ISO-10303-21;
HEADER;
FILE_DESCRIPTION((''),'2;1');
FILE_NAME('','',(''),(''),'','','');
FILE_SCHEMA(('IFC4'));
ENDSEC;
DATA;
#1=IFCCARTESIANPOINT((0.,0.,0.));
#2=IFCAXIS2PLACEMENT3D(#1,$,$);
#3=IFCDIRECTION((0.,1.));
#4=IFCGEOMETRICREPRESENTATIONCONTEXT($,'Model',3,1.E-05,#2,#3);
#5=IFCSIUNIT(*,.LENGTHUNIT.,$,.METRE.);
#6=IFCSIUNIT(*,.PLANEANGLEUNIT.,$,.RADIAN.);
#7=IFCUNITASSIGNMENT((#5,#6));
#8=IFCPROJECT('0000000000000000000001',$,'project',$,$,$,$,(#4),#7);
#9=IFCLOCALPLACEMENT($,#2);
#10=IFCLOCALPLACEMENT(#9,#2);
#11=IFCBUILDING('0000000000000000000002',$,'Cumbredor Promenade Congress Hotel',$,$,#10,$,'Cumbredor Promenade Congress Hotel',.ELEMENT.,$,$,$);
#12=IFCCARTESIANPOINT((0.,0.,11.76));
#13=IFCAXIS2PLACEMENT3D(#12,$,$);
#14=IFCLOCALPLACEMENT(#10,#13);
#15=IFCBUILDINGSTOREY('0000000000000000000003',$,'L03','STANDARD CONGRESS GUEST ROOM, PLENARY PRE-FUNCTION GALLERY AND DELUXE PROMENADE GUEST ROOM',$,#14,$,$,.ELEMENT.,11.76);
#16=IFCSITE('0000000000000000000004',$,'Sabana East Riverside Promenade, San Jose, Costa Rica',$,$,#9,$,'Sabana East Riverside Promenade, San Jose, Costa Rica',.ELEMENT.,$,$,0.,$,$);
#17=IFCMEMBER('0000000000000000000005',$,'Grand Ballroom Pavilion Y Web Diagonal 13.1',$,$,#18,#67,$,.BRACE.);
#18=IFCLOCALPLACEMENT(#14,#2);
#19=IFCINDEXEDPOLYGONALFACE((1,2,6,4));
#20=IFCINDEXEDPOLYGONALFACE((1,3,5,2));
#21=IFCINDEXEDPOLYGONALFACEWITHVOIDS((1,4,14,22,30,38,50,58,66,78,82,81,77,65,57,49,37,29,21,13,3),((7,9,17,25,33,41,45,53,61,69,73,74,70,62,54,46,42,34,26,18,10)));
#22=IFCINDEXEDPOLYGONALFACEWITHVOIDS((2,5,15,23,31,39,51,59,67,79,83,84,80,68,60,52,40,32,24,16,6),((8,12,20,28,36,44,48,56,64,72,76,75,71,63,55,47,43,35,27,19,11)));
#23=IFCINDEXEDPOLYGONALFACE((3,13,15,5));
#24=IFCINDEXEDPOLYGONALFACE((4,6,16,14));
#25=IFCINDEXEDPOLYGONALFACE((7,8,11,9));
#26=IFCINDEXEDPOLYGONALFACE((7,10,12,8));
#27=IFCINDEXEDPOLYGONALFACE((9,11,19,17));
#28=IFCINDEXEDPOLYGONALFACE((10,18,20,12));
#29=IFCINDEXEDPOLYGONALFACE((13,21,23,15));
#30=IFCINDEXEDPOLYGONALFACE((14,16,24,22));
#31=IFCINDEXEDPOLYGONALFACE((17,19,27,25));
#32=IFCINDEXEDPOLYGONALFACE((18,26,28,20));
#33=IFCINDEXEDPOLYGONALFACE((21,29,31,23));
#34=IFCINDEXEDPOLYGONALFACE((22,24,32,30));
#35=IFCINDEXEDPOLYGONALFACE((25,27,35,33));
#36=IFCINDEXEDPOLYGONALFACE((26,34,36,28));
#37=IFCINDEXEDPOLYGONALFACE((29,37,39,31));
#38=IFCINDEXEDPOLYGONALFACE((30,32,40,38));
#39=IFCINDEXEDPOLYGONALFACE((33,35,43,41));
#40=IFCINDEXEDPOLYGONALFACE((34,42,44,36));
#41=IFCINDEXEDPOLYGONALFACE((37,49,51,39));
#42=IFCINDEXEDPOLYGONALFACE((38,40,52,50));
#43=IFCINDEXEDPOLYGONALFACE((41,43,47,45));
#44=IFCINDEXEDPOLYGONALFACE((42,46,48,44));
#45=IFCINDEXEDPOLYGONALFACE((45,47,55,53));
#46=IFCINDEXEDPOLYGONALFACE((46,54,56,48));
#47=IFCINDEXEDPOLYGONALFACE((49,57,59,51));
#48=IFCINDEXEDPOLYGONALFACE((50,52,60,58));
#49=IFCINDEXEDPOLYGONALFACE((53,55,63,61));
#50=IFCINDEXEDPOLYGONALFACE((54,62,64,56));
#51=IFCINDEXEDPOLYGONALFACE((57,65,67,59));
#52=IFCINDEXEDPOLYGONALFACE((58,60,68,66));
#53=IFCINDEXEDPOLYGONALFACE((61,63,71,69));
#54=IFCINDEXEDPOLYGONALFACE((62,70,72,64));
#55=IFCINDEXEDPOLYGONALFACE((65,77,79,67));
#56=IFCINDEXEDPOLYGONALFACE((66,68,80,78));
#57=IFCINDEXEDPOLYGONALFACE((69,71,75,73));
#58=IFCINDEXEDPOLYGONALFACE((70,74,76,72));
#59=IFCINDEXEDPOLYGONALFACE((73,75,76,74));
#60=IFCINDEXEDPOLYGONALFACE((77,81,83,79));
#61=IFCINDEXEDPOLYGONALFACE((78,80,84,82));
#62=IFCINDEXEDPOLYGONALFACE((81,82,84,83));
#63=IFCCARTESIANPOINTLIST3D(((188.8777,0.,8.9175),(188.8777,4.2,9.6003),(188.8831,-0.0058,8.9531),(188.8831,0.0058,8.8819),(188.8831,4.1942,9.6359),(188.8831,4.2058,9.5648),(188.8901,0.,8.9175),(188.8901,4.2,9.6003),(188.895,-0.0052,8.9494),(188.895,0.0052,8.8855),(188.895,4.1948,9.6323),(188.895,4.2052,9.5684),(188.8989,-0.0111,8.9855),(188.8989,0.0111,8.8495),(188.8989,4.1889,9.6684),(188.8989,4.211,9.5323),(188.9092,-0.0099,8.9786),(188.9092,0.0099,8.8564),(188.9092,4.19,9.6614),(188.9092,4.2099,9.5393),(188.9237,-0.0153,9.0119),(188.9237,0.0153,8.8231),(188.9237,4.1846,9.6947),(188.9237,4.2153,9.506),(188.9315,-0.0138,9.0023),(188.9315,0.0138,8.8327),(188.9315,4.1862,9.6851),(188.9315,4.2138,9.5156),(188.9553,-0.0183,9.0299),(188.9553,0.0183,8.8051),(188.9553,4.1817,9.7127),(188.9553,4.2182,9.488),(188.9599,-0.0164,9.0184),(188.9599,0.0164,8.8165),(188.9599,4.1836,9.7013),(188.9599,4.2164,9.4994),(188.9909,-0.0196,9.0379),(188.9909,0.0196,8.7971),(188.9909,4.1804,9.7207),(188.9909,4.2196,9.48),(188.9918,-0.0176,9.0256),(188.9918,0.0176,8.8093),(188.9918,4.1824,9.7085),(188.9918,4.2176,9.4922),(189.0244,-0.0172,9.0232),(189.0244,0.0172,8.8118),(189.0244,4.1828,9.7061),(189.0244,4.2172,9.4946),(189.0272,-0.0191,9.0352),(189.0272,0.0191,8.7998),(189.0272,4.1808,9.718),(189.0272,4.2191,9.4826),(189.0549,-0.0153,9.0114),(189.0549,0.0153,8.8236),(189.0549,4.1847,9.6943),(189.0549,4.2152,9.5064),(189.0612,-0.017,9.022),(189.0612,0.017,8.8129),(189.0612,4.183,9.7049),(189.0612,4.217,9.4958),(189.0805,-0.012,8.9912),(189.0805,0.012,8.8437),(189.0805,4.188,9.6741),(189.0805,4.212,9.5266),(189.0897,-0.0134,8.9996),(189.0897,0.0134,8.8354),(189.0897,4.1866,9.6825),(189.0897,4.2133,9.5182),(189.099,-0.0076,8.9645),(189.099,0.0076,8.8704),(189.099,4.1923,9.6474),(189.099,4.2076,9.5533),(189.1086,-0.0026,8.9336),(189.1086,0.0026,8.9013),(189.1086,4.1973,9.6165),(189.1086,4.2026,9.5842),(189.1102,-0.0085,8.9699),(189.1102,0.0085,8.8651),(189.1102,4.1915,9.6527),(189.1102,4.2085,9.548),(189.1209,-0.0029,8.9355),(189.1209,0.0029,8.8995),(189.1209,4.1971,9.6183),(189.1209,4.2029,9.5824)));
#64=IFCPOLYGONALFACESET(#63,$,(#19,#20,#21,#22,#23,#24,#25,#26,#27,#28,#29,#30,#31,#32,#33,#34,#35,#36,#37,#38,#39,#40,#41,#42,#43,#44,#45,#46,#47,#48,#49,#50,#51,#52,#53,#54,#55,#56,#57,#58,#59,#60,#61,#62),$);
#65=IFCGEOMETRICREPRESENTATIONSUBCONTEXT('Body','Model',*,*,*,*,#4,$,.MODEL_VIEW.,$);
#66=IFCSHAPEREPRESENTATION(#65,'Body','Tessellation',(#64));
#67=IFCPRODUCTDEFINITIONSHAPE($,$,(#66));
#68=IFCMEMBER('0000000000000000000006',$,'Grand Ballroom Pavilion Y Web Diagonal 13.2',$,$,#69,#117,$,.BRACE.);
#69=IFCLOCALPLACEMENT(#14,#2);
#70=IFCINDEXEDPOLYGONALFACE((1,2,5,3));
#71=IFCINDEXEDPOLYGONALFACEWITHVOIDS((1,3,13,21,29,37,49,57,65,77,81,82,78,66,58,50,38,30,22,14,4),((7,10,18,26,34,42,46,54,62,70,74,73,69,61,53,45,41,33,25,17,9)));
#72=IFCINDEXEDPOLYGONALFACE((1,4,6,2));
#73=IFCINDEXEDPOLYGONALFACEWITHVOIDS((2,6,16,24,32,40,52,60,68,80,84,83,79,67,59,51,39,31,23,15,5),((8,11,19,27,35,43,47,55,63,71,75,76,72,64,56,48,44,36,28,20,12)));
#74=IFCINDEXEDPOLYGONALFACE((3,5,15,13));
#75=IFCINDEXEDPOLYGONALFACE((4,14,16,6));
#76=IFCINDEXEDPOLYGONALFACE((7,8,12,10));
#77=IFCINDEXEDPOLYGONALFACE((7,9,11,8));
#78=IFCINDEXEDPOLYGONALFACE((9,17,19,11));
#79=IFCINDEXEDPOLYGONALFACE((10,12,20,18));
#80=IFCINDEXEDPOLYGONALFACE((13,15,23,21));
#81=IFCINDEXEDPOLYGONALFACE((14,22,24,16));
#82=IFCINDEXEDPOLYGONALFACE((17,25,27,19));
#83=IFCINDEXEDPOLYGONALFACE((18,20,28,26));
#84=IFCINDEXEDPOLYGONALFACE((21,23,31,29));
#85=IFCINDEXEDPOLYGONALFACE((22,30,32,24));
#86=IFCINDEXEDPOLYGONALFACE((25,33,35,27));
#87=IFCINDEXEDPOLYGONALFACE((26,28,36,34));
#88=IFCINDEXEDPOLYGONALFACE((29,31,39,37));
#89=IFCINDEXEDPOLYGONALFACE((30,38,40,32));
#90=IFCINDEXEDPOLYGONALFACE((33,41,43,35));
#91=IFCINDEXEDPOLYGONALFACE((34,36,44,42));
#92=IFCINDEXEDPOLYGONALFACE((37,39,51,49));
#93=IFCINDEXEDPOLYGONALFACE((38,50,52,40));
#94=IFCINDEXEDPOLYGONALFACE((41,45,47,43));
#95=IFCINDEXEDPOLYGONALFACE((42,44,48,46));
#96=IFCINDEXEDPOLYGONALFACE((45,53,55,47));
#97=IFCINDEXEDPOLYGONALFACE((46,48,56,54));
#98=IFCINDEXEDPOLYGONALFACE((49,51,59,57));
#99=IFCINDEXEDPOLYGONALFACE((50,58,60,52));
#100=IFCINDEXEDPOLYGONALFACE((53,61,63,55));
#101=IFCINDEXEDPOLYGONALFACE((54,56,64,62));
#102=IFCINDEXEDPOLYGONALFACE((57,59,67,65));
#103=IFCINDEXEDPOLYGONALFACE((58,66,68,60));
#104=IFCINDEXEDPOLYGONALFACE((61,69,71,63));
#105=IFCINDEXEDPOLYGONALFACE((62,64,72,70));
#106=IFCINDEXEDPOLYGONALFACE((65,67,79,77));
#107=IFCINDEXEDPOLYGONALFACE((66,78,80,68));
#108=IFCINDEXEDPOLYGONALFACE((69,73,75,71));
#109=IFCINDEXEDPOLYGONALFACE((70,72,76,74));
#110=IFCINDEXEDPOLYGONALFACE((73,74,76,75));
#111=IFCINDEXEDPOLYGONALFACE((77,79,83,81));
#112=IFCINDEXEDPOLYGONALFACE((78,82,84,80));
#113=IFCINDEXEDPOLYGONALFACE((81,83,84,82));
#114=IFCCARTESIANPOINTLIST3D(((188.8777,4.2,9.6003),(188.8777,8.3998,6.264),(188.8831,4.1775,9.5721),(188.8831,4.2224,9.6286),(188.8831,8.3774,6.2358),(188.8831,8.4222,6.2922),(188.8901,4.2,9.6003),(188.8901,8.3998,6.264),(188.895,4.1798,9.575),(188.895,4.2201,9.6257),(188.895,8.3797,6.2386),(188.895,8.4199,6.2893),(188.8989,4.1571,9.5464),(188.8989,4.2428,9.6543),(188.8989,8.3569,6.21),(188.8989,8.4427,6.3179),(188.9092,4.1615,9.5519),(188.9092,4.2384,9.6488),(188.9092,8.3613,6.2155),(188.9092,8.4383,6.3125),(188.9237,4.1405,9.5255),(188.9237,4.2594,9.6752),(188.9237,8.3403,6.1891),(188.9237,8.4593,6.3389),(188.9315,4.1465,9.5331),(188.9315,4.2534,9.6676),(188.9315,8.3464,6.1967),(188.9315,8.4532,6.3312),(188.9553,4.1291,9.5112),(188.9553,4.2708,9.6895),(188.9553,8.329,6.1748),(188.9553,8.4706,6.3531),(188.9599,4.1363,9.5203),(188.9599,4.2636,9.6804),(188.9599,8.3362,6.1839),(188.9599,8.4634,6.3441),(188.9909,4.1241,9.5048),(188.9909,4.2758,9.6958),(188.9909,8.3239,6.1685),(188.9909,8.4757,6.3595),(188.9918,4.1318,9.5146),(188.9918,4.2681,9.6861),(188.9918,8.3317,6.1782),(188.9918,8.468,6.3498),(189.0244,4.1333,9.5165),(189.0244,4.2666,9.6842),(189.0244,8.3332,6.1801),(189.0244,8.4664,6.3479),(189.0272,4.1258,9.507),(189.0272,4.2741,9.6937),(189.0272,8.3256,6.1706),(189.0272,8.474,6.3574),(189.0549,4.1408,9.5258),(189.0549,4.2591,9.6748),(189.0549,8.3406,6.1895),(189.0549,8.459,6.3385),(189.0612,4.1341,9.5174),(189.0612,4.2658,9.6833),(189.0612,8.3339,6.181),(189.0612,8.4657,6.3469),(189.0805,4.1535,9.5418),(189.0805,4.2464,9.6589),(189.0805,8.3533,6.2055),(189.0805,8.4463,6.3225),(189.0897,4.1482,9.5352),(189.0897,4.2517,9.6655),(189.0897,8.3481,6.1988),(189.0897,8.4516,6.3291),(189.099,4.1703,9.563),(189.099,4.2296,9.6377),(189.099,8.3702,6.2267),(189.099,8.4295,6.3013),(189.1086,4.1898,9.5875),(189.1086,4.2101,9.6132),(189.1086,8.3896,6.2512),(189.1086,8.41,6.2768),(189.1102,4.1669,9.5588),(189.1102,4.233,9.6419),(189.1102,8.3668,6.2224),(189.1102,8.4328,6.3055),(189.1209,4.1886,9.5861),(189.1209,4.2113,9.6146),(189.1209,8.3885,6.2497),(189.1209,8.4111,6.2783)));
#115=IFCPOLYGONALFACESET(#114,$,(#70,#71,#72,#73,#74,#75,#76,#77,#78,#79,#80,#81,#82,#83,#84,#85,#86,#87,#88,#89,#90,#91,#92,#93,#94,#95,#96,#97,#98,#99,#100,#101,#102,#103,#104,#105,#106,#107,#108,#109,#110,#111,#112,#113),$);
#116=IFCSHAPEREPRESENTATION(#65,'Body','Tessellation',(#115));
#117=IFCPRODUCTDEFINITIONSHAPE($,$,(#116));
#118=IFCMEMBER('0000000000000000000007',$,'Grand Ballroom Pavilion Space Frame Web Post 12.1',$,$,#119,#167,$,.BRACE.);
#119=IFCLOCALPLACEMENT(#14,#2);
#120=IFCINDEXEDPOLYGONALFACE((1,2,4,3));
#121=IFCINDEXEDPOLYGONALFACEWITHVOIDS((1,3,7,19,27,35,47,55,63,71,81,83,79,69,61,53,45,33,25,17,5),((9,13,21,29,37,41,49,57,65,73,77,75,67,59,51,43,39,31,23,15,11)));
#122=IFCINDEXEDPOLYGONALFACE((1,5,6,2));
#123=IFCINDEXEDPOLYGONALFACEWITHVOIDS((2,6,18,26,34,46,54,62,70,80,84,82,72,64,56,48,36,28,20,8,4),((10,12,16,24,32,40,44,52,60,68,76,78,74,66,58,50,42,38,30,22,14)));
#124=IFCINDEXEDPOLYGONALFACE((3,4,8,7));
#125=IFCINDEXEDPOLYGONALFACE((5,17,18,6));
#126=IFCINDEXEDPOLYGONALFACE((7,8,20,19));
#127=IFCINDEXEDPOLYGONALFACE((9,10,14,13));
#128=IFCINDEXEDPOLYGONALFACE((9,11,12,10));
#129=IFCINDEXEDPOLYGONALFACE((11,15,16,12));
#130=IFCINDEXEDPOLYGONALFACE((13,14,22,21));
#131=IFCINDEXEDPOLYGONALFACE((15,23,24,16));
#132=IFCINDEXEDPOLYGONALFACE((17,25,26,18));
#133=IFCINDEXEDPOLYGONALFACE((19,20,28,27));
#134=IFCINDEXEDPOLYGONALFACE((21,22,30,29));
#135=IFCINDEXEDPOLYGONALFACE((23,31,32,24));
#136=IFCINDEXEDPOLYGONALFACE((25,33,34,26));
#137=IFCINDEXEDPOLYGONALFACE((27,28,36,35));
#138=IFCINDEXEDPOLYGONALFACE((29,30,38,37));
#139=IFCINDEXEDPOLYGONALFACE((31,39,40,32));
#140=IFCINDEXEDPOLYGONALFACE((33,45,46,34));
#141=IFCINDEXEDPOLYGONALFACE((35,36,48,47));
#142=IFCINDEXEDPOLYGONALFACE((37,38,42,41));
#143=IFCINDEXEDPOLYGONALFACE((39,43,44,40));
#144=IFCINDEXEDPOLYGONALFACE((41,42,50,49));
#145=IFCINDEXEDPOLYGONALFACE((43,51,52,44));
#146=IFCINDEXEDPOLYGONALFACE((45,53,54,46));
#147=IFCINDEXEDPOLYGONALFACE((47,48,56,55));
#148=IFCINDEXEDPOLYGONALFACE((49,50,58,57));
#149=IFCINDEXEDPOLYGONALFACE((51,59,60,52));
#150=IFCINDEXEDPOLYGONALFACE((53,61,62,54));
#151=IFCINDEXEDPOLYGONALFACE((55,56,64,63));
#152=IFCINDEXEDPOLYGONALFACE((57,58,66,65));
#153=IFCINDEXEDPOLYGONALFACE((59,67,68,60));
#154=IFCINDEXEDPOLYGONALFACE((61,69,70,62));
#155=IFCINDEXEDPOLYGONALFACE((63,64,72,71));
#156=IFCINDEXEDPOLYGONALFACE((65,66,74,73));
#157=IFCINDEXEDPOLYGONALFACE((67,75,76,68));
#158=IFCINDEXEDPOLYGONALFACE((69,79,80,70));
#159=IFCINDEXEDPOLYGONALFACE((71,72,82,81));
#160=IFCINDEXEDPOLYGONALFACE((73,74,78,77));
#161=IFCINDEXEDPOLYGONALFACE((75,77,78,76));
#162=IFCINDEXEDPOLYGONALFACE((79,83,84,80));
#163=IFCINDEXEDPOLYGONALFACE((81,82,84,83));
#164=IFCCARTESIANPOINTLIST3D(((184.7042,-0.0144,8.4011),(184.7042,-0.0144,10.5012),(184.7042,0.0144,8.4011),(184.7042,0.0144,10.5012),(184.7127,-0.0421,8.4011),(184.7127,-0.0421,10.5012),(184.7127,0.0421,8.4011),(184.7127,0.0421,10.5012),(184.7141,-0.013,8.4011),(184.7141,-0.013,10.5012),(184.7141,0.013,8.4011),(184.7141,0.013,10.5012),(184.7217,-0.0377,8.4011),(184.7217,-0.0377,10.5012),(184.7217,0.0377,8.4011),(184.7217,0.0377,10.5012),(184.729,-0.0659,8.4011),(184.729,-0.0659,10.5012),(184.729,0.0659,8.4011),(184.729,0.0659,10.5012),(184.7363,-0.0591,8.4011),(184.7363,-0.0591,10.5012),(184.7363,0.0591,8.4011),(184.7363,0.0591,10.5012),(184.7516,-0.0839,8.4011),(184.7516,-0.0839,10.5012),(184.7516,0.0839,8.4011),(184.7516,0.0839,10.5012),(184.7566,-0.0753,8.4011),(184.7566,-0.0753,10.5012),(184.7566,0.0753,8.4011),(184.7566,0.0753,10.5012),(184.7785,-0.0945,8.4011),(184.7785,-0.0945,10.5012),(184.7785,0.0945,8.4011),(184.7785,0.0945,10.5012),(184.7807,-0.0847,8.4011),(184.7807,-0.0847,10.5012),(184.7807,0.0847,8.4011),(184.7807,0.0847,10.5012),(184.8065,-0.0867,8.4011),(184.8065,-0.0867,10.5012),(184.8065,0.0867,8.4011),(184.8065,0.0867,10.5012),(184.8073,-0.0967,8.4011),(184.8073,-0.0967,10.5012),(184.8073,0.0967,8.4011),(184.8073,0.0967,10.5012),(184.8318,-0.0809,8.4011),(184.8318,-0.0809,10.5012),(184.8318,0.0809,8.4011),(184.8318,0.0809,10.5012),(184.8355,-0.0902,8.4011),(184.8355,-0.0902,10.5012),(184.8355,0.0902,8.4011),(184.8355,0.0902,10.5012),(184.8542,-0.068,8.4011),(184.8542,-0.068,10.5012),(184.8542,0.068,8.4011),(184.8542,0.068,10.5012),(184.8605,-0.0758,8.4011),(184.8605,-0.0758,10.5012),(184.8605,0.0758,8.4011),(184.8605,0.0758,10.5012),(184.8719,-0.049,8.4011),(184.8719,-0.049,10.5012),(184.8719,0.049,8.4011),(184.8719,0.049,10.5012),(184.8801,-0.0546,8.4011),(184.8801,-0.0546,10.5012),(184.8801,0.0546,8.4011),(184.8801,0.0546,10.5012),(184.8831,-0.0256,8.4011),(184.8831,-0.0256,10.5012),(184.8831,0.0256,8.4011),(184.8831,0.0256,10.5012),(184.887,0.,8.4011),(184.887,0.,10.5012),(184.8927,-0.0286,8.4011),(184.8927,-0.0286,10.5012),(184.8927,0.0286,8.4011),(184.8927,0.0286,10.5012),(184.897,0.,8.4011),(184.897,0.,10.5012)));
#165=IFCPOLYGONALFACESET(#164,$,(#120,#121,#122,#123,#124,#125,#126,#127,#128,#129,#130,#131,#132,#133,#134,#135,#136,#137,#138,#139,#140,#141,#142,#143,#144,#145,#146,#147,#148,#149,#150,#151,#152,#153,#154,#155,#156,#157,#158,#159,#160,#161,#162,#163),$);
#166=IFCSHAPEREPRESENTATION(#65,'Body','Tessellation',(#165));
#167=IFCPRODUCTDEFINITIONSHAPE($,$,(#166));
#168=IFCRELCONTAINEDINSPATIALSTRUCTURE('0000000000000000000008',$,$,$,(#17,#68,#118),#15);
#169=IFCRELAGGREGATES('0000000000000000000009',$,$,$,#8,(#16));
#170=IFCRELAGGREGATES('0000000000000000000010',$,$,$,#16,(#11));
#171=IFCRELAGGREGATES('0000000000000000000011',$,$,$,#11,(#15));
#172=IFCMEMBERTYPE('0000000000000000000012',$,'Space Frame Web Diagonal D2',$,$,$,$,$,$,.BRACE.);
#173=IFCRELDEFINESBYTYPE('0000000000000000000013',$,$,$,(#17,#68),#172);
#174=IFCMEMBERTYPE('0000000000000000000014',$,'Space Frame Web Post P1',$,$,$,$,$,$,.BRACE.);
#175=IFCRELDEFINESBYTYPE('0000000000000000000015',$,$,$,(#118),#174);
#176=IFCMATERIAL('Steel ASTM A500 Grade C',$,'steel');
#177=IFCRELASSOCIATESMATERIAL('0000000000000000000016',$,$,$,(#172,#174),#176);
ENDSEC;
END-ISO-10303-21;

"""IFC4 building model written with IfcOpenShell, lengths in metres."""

from ifc_helpers import new_model, si_unit, direction, frame, origin, origin_2d, place, context, subcontext, project, spatial, hollow_circle, extrude, material, material_profile, profile_set, type_object, element, save


model = new_model("IFC4")

# Units and contexts
model_context = context("Model", 3, precision=1e-05, world=origin(), true_north=direction((0.0, 1.0)))
body_context = subcontext(model_context, "Body", "Model", "MODEL_VIEW")
ifc_project = project(units=[si_unit("LENGTHUNIT", "METRE"), si_unit("PLANEANGLEUNIT", "RADIAN")], contexts=[model_context])

# Site, building, storey
site_placement = place(None, origin())
site = spatial("IfcSite", under=ifc_project, at=site_placement, Name="Sabana East Riverside Promenade, San Jose, Costa Rica", LongName="Sabana East Riverside Promenade, San Jose, Costa Rica", CompositionType="ELEMENT", RefElevation=0.0)
building_placement = place(site_placement, origin())
building = spatial("IfcBuilding", under=site, at=building_placement, Name="Cumbredor Promenade Congress Hotel", LongName="Cumbredor Promenade Congress Hotel", CompositionType="ELEMENT")
storey_placement = place(building_placement, frame((0.0, 0.0, 11.76)))
storey = spatial("IfcBuildingStorey", under=building, at=storey_placement, Name="L03", Description="STANDARD CONGRESS GUEST ROOM, PLENARY PRE-FUNCTION GALLERY AND DELUXE PROMENADE GUEST ROOM", CompositionType="ELEMENT", Elevation=11.76)

# Shared definitions
ifc_material_1 = material(Name="Steel ASTM A500 Grade C", Category="steel")

# Members
ifc_material_profile_1 = material_profile(ifc_material_1, hollow_circle(Radius=0.1223, WallThickness=0.0125, at=origin_2d()), Name="CHS 244.5x12.5")
ifc_profile_set_1 = profile_set([ifc_material_profile_1], Name="Steel ASTM A500 Grade C")
member_type_1 = type_object("IfcMemberType", Name="Space Frame Web Diagonal D2", PredefinedType="BRACE", material=ifc_profile_set_1)
member_1_placement = place(storey_placement, frame((189.0, 0.0, 8.9175), z_axis=(0.0, 0.987039, 0.160481), x_axis=(-1.0, 0.0, 0.0)))
element("IfcMember", 1, at=member_1_placement, inside=storey, type_object=member_type_1, Name="Grand Ballroom Pavilion Y Web Diagonal 13.1", PredefinedType="BRACE", context=body_context, shape_type="SweptSolid", body=[
    extrude(hollow_circle(Radius=0.1223, WallThickness=0.0125, at=origin_2d()), origin(), (0.0, 0.0, 1.0), 4.2551),
])
member_2_placement = place(storey_placement, frame((189.0, 4.2, 9.6003), z_axis=(0.0, 0.783005, -0.622016), x_axis=(-1.0, 0.0, 0.0)))
element("IfcMember", 2, at=member_2_placement, inside=storey, type_object=member_type_1, Name="Grand Ballroom Pavilion Y Web Diagonal 13.2", PredefinedType="BRACE", context=body_context, shape_type="SweptSolid", body=[
    extrude(hollow_circle(Radius=0.1223, WallThickness=0.0125, at=origin_2d()), origin(), (0.0, 0.0, 1.0), 5.3638),
])
ifc_material_profile_2 = material_profile(ifc_material_1, hollow_circle(Radius=0.0969, WallThickness=0.01, at=origin_2d()), Name="CHS 193.7x10")
ifc_profile_set_2 = profile_set([ifc_material_profile_2], Name="Steel ASTM A500 Grade C")
member_type_2 = type_object("IfcMemberType", Name="Space Frame Web Post P1", PredefinedType="BRACE", material=ifc_profile_set_2)
for number, where, z_axis, x_axis, name in (
    (3, (184.8, 0.0, 8.4011), (0.0, 0.0, 1.0), (1.0, 0.0, 0.0), "Grand Ballroom Pavilion Space Frame Web Post 12.1"),
):
    element("IfcMember", number, at=place(storey_placement, frame(where, z_axis=z_axis, x_axis=x_axis)), inside=storey, type_object=member_type_2, Name=name, PredefinedType="BRACE", context=body_context, shape_type="SweptSolid", body=[
        extrude(hollow_circle(Radius=0.0969, WallThickness=0.01, at=origin_2d()), origin(), (0.0, 0.0, 1.0), 2.1001),
    ])

save(model, "model.ifc")
